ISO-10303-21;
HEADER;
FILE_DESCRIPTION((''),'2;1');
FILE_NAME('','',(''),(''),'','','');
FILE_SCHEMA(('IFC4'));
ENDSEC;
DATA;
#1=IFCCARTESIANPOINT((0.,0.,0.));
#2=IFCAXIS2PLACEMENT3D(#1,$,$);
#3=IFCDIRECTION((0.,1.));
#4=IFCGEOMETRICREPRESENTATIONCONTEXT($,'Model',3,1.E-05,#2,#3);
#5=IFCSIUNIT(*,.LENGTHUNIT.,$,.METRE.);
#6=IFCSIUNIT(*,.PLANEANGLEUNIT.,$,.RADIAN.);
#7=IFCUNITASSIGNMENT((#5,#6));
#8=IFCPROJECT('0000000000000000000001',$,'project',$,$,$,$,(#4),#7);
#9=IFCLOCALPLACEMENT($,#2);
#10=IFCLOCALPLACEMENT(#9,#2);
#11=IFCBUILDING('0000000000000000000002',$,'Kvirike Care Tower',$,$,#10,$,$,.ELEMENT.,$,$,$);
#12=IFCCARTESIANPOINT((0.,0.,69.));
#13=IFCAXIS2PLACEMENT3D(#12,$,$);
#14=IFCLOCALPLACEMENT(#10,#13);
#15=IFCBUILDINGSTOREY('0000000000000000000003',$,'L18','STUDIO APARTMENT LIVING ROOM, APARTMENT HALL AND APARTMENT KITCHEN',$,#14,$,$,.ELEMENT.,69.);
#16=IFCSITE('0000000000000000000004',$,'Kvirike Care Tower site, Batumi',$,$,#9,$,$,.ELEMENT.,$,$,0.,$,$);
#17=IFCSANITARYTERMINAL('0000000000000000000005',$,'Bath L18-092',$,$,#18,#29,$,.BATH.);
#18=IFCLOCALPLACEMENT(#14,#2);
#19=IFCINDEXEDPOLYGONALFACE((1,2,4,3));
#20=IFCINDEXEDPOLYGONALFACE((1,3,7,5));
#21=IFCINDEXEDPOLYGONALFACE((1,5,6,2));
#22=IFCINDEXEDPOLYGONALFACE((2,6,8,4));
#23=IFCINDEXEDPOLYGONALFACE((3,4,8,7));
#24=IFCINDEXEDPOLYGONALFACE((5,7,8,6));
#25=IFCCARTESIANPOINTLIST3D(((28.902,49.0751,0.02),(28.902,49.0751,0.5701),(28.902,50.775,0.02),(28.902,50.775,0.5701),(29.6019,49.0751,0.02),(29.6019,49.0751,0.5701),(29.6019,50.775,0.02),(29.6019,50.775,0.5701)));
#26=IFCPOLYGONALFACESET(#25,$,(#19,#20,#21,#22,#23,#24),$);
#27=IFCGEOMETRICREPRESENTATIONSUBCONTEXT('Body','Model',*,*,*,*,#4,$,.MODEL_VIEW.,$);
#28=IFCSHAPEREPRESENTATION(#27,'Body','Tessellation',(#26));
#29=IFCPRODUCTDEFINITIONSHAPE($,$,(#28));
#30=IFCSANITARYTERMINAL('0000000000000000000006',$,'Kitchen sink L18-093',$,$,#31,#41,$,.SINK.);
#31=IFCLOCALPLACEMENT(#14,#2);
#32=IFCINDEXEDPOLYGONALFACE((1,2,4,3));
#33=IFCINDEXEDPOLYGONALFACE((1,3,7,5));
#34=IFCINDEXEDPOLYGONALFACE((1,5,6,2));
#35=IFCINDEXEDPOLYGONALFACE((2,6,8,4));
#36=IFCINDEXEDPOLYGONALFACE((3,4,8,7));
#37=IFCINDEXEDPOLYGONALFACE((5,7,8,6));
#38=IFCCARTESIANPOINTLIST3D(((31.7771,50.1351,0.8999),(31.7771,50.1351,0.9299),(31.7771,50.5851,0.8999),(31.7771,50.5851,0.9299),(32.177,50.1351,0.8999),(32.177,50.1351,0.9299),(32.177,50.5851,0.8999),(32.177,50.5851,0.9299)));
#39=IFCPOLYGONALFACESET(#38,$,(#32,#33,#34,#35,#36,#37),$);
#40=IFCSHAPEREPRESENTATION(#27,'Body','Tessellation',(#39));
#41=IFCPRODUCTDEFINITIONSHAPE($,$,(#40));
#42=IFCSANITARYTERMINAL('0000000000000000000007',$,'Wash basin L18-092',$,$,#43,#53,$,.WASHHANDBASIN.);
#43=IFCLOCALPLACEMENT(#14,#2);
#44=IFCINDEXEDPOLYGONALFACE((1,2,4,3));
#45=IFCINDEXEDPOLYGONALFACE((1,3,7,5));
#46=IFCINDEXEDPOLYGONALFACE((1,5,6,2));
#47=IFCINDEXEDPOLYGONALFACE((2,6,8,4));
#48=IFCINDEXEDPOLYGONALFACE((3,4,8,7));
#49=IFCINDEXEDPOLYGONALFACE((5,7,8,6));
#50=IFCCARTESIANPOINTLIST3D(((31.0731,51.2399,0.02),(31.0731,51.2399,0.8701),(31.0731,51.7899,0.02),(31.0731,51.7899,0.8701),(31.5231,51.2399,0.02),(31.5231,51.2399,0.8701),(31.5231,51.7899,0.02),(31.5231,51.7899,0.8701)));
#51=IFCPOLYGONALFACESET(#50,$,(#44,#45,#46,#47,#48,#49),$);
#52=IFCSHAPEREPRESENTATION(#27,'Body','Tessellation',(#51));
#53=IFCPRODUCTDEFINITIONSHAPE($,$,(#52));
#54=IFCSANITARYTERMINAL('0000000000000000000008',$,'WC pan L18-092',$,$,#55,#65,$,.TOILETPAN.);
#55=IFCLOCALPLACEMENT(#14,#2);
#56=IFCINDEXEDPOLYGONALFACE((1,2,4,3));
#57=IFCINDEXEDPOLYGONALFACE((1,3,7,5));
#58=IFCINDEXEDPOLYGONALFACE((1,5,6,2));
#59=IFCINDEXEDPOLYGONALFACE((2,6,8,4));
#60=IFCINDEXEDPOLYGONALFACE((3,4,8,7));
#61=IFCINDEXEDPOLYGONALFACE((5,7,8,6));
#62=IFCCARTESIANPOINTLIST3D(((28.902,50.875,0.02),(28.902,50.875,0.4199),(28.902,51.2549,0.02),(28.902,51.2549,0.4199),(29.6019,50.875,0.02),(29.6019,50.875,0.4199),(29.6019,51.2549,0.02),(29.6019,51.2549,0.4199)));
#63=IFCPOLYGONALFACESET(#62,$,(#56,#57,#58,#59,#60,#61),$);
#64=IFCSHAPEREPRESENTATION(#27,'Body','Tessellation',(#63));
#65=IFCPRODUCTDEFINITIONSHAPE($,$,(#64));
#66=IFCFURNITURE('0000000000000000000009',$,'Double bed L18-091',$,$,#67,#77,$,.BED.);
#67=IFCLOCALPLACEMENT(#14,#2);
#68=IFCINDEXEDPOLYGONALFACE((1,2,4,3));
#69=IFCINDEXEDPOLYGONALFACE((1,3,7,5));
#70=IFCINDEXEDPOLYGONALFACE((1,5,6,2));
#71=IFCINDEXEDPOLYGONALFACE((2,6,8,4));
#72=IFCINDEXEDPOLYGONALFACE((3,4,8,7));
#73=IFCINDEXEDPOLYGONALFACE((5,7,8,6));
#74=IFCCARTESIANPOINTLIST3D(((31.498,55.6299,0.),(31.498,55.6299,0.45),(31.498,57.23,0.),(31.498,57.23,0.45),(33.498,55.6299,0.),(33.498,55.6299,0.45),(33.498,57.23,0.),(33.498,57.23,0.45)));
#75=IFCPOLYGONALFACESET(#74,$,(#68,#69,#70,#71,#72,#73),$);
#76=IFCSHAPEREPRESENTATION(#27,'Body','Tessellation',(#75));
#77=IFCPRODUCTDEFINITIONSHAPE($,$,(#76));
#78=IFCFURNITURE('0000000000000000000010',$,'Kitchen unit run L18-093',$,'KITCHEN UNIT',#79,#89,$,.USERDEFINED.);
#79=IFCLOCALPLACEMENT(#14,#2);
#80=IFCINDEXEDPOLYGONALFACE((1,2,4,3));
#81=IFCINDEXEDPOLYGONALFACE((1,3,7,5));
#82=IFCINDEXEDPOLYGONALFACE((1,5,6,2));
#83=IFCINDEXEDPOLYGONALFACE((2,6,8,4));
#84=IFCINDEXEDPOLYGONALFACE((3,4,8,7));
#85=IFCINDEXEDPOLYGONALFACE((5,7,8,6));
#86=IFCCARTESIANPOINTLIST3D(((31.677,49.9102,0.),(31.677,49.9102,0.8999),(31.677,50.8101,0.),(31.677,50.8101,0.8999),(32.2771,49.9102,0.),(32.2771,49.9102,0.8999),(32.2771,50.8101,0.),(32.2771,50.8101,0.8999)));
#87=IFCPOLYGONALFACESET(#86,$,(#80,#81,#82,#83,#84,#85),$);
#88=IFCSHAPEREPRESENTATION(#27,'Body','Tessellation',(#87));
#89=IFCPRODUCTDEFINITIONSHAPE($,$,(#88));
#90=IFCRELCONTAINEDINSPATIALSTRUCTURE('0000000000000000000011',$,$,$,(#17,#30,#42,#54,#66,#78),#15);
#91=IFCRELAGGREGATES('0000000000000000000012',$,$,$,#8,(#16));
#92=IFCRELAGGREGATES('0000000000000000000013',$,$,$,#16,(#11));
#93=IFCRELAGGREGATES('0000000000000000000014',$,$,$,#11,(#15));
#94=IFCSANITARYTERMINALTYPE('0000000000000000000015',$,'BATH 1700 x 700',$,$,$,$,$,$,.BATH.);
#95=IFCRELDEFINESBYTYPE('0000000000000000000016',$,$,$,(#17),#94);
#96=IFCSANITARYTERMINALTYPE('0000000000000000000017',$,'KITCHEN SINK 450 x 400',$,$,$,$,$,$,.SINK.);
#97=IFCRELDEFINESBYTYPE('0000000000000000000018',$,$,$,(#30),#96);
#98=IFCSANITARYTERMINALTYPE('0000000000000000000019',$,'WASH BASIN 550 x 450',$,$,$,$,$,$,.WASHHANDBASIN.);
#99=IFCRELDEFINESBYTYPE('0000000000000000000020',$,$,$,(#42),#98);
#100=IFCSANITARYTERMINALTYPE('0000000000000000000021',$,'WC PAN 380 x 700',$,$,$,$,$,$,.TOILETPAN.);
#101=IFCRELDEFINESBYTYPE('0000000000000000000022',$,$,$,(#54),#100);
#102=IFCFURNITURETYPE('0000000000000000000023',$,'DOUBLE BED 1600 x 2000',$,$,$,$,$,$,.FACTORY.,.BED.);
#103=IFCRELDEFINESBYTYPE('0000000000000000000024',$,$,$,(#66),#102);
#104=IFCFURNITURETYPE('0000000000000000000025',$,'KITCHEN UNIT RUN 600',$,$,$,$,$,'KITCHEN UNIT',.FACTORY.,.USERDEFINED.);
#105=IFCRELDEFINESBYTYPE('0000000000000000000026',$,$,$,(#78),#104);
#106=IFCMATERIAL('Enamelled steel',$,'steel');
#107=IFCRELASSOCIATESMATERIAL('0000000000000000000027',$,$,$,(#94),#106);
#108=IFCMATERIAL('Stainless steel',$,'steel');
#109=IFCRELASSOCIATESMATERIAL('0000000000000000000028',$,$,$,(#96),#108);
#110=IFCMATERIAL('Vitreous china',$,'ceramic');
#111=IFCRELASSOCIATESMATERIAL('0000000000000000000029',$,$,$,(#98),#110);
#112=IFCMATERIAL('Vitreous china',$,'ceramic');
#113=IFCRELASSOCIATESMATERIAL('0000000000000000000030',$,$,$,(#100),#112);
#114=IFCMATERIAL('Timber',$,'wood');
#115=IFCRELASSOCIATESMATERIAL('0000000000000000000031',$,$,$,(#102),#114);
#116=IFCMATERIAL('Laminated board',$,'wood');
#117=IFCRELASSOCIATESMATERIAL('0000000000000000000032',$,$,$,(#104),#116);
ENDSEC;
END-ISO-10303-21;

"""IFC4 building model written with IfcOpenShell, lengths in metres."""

from ifc_helpers import new_model, si_unit, direction, frame, origin, origin_2d, place, context, subcontext, project, spatial, rectangle, extrude, material, type_object, element, save


model = new_model("IFC4")

# Units and contexts
model_context = context("Model", 3, precision=1e-05, world=origin(), true_north=direction((0.0, 1.0)))
body_context = subcontext(model_context, "Body", "Model", "MODEL_VIEW")
ifc_project = project(units=[si_unit("LENGTHUNIT", "METRE"), si_unit("PLANEANGLEUNIT", "RADIAN")], contexts=[model_context])

# Site, building, storey
site_placement = place(None, origin())
site = spatial("IfcSite", under=ifc_project, at=site_placement, Name="Kvirike Care Tower site, Batumi", CompositionType="ELEMENT", RefElevation=0.0)
building_placement = place(site_placement, origin())
building = spatial("IfcBuilding", under=site, at=building_placement, Name="Kvirike Care Tower", CompositionType="ELEMENT")
storey_placement = place(building_placement, frame((0.0, 0.0, 69.0)))
storey = spatial("IfcBuildingStorey", under=building, at=storey_placement, Name="L18", Description="STUDIO APARTMENT LIVING ROOM, APARTMENT HALL AND APARTMENT KITCHEN", CompositionType="ELEMENT", Elevation=69.0)

# Sanitary terminals
ifc_material_1 = material(Name="Enamelled steel", Category="steel")
sanitary_terminal_type_1 = type_object("IfcSanitaryTerminalType", Name="BATH 1700 x 700", PredefinedType="BATH", material=ifc_material_1)
sanitary_terminal_1_placement = place(storey_placement, frame((29.252, 49.925, 0.02), z_axis=(0.0, 0.0, 1.0), x_axis=(0.0, 1.0, 0.0)))
element("IfcSanitaryTerminal", 1, at=sanitary_terminal_1_placement, inside=storey, type_object=sanitary_terminal_type_1, Name="Bath L18-092", PredefinedType="BATH", context=body_context, shape_type="SweptSolid", body=[
    extrude(rectangle(XDim=1.7, YDim=0.7, at=origin_2d()), origin(), (0.0, 0.0, 1.0), 0.55),
])
ifc_material_2 = material(Name="Stainless steel", Category="steel")
sanitary_terminal_type_2 = type_object("IfcSanitaryTerminalType", Name="KITCHEN SINK 450 x 400", PredefinedType="SINK", material=ifc_material_2)
sanitary_terminal_2_placement = place(storey_placement, frame((31.9771, 50.3601, 0.8999), z_axis=(0.0, 0.0, 1.0), x_axis=(0.0, 1.0, 0.0)))
element("IfcSanitaryTerminal", 2, at=sanitary_terminal_2_placement, inside=storey, type_object=sanitary_terminal_type_2, Name="Kitchen sink L18-093", PredefinedType="SINK", context=body_context, shape_type="SweptSolid", body=[
    extrude(rectangle(XDim=0.45, YDim=0.3999, at=origin_2d()), origin(), (0.0, 0.0, 1.0), 0.03),
])
ifc_material_3 = material(Name="Vitreous china", Category="ceramic")
sanitary_terminal_type_3 = type_object("IfcSanitaryTerminalType", Name="WASH BASIN 550 x 450", PredefinedType="WASHHANDBASIN", material=ifc_material_3)
sanitary_terminal_3_placement = place(storey_placement, frame((31.2981, 51.5149, 0.02), z_axis=(0.0, 0.0, 1.0), x_axis=(0.0, -1.0, 0.0)))
element("IfcSanitaryTerminal", 3, at=sanitary_terminal_3_placement, inside=storey, type_object=sanitary_terminal_type_3, Name="Wash basin L18-092", PredefinedType="WASHHANDBASIN", context=body_context, shape_type="SweptSolid", body=[
    extrude(rectangle(XDim=0.55, YDim=0.45, at=origin_2d()), origin(), (0.0, 0.0, 1.0), 0.8501),
])
ifc_material_4 = material(Name="Vitreous china", Category="ceramic")
sanitary_terminal_type_4 = type_object("IfcSanitaryTerminalType", Name="WC PAN 380 x 700", PredefinedType="TOILETPAN", material=ifc_material_4)
sanitary_terminal_4_placement = place(storey_placement, frame((29.252, 51.0649, 0.02), z_axis=(0.0, 0.0, 1.0), x_axis=(0.0, 1.0, 0.0)))
element("IfcSanitaryTerminal", 4, at=sanitary_terminal_4_placement, inside=storey, type_object=sanitary_terminal_type_4, Name="WC pan L18-092", PredefinedType="TOILETPAN", context=body_context, shape_type="SweptSolid", body=[
    extrude(rectangle(XDim=0.3799, YDim=0.7, at=origin_2d()), origin(), (0.0, 0.0, 1.0), 0.3999),
])

# Furniture
ifc_material_5 = material(Name="Timber", Category="wood")
furniture_type_1 = type_object("IfcFurnitureType", Name="DOUBLE BED 1600 x 2000", AssemblyPlace="FACTORY", PredefinedType="BED", material=ifc_material_5)
furniture_1_placement = place(storey_placement, frame((32.498, 56.4299, 0.0), z_axis=(0.0, 0.0, 1.0), x_axis=(0.0, -1.0, 0.0)))
element("IfcFurniture", 5, at=furniture_1_placement, inside=storey, type_object=furniture_type_1, Name="Double bed L18-091", PredefinedType="BED", context=body_context, shape_type="SweptSolid", body=[
    extrude(rectangle(XDim=1.6001, YDim=2.0, at=origin_2d()), origin(), (0.0, 0.0, 1.0), 0.45),
])
ifc_material_6 = material(Name="Laminated board", Category="wood")
furniture_type_2 = type_object("IfcFurnitureType", Name="KITCHEN UNIT RUN 600", ElementType="KITCHEN UNIT", AssemblyPlace="FACTORY", PredefinedType="USERDEFINED", material=ifc_material_6)
furniture_2_placement = place(storey_placement, frame((31.9771, 50.3601, 0.0), z_axis=(0.0, 0.0, 1.0), x_axis=(0.0, 1.0, 0.0)))
element("IfcFurniture", 6, at=furniture_2_placement, inside=storey, type_object=furniture_type_2, Name="Kitchen unit run L18-093", ObjectType="KITCHEN UNIT", PredefinedType="USERDEFINED", context=body_context, shape_type="SweptSolid", body=[
    extrude(rectangle(XDim=0.8999, YDim=0.6001, at=origin_2d()), origin(), (0.0, 0.0, 1.0), 0.8999),
])

save(model, "model.ifc")
